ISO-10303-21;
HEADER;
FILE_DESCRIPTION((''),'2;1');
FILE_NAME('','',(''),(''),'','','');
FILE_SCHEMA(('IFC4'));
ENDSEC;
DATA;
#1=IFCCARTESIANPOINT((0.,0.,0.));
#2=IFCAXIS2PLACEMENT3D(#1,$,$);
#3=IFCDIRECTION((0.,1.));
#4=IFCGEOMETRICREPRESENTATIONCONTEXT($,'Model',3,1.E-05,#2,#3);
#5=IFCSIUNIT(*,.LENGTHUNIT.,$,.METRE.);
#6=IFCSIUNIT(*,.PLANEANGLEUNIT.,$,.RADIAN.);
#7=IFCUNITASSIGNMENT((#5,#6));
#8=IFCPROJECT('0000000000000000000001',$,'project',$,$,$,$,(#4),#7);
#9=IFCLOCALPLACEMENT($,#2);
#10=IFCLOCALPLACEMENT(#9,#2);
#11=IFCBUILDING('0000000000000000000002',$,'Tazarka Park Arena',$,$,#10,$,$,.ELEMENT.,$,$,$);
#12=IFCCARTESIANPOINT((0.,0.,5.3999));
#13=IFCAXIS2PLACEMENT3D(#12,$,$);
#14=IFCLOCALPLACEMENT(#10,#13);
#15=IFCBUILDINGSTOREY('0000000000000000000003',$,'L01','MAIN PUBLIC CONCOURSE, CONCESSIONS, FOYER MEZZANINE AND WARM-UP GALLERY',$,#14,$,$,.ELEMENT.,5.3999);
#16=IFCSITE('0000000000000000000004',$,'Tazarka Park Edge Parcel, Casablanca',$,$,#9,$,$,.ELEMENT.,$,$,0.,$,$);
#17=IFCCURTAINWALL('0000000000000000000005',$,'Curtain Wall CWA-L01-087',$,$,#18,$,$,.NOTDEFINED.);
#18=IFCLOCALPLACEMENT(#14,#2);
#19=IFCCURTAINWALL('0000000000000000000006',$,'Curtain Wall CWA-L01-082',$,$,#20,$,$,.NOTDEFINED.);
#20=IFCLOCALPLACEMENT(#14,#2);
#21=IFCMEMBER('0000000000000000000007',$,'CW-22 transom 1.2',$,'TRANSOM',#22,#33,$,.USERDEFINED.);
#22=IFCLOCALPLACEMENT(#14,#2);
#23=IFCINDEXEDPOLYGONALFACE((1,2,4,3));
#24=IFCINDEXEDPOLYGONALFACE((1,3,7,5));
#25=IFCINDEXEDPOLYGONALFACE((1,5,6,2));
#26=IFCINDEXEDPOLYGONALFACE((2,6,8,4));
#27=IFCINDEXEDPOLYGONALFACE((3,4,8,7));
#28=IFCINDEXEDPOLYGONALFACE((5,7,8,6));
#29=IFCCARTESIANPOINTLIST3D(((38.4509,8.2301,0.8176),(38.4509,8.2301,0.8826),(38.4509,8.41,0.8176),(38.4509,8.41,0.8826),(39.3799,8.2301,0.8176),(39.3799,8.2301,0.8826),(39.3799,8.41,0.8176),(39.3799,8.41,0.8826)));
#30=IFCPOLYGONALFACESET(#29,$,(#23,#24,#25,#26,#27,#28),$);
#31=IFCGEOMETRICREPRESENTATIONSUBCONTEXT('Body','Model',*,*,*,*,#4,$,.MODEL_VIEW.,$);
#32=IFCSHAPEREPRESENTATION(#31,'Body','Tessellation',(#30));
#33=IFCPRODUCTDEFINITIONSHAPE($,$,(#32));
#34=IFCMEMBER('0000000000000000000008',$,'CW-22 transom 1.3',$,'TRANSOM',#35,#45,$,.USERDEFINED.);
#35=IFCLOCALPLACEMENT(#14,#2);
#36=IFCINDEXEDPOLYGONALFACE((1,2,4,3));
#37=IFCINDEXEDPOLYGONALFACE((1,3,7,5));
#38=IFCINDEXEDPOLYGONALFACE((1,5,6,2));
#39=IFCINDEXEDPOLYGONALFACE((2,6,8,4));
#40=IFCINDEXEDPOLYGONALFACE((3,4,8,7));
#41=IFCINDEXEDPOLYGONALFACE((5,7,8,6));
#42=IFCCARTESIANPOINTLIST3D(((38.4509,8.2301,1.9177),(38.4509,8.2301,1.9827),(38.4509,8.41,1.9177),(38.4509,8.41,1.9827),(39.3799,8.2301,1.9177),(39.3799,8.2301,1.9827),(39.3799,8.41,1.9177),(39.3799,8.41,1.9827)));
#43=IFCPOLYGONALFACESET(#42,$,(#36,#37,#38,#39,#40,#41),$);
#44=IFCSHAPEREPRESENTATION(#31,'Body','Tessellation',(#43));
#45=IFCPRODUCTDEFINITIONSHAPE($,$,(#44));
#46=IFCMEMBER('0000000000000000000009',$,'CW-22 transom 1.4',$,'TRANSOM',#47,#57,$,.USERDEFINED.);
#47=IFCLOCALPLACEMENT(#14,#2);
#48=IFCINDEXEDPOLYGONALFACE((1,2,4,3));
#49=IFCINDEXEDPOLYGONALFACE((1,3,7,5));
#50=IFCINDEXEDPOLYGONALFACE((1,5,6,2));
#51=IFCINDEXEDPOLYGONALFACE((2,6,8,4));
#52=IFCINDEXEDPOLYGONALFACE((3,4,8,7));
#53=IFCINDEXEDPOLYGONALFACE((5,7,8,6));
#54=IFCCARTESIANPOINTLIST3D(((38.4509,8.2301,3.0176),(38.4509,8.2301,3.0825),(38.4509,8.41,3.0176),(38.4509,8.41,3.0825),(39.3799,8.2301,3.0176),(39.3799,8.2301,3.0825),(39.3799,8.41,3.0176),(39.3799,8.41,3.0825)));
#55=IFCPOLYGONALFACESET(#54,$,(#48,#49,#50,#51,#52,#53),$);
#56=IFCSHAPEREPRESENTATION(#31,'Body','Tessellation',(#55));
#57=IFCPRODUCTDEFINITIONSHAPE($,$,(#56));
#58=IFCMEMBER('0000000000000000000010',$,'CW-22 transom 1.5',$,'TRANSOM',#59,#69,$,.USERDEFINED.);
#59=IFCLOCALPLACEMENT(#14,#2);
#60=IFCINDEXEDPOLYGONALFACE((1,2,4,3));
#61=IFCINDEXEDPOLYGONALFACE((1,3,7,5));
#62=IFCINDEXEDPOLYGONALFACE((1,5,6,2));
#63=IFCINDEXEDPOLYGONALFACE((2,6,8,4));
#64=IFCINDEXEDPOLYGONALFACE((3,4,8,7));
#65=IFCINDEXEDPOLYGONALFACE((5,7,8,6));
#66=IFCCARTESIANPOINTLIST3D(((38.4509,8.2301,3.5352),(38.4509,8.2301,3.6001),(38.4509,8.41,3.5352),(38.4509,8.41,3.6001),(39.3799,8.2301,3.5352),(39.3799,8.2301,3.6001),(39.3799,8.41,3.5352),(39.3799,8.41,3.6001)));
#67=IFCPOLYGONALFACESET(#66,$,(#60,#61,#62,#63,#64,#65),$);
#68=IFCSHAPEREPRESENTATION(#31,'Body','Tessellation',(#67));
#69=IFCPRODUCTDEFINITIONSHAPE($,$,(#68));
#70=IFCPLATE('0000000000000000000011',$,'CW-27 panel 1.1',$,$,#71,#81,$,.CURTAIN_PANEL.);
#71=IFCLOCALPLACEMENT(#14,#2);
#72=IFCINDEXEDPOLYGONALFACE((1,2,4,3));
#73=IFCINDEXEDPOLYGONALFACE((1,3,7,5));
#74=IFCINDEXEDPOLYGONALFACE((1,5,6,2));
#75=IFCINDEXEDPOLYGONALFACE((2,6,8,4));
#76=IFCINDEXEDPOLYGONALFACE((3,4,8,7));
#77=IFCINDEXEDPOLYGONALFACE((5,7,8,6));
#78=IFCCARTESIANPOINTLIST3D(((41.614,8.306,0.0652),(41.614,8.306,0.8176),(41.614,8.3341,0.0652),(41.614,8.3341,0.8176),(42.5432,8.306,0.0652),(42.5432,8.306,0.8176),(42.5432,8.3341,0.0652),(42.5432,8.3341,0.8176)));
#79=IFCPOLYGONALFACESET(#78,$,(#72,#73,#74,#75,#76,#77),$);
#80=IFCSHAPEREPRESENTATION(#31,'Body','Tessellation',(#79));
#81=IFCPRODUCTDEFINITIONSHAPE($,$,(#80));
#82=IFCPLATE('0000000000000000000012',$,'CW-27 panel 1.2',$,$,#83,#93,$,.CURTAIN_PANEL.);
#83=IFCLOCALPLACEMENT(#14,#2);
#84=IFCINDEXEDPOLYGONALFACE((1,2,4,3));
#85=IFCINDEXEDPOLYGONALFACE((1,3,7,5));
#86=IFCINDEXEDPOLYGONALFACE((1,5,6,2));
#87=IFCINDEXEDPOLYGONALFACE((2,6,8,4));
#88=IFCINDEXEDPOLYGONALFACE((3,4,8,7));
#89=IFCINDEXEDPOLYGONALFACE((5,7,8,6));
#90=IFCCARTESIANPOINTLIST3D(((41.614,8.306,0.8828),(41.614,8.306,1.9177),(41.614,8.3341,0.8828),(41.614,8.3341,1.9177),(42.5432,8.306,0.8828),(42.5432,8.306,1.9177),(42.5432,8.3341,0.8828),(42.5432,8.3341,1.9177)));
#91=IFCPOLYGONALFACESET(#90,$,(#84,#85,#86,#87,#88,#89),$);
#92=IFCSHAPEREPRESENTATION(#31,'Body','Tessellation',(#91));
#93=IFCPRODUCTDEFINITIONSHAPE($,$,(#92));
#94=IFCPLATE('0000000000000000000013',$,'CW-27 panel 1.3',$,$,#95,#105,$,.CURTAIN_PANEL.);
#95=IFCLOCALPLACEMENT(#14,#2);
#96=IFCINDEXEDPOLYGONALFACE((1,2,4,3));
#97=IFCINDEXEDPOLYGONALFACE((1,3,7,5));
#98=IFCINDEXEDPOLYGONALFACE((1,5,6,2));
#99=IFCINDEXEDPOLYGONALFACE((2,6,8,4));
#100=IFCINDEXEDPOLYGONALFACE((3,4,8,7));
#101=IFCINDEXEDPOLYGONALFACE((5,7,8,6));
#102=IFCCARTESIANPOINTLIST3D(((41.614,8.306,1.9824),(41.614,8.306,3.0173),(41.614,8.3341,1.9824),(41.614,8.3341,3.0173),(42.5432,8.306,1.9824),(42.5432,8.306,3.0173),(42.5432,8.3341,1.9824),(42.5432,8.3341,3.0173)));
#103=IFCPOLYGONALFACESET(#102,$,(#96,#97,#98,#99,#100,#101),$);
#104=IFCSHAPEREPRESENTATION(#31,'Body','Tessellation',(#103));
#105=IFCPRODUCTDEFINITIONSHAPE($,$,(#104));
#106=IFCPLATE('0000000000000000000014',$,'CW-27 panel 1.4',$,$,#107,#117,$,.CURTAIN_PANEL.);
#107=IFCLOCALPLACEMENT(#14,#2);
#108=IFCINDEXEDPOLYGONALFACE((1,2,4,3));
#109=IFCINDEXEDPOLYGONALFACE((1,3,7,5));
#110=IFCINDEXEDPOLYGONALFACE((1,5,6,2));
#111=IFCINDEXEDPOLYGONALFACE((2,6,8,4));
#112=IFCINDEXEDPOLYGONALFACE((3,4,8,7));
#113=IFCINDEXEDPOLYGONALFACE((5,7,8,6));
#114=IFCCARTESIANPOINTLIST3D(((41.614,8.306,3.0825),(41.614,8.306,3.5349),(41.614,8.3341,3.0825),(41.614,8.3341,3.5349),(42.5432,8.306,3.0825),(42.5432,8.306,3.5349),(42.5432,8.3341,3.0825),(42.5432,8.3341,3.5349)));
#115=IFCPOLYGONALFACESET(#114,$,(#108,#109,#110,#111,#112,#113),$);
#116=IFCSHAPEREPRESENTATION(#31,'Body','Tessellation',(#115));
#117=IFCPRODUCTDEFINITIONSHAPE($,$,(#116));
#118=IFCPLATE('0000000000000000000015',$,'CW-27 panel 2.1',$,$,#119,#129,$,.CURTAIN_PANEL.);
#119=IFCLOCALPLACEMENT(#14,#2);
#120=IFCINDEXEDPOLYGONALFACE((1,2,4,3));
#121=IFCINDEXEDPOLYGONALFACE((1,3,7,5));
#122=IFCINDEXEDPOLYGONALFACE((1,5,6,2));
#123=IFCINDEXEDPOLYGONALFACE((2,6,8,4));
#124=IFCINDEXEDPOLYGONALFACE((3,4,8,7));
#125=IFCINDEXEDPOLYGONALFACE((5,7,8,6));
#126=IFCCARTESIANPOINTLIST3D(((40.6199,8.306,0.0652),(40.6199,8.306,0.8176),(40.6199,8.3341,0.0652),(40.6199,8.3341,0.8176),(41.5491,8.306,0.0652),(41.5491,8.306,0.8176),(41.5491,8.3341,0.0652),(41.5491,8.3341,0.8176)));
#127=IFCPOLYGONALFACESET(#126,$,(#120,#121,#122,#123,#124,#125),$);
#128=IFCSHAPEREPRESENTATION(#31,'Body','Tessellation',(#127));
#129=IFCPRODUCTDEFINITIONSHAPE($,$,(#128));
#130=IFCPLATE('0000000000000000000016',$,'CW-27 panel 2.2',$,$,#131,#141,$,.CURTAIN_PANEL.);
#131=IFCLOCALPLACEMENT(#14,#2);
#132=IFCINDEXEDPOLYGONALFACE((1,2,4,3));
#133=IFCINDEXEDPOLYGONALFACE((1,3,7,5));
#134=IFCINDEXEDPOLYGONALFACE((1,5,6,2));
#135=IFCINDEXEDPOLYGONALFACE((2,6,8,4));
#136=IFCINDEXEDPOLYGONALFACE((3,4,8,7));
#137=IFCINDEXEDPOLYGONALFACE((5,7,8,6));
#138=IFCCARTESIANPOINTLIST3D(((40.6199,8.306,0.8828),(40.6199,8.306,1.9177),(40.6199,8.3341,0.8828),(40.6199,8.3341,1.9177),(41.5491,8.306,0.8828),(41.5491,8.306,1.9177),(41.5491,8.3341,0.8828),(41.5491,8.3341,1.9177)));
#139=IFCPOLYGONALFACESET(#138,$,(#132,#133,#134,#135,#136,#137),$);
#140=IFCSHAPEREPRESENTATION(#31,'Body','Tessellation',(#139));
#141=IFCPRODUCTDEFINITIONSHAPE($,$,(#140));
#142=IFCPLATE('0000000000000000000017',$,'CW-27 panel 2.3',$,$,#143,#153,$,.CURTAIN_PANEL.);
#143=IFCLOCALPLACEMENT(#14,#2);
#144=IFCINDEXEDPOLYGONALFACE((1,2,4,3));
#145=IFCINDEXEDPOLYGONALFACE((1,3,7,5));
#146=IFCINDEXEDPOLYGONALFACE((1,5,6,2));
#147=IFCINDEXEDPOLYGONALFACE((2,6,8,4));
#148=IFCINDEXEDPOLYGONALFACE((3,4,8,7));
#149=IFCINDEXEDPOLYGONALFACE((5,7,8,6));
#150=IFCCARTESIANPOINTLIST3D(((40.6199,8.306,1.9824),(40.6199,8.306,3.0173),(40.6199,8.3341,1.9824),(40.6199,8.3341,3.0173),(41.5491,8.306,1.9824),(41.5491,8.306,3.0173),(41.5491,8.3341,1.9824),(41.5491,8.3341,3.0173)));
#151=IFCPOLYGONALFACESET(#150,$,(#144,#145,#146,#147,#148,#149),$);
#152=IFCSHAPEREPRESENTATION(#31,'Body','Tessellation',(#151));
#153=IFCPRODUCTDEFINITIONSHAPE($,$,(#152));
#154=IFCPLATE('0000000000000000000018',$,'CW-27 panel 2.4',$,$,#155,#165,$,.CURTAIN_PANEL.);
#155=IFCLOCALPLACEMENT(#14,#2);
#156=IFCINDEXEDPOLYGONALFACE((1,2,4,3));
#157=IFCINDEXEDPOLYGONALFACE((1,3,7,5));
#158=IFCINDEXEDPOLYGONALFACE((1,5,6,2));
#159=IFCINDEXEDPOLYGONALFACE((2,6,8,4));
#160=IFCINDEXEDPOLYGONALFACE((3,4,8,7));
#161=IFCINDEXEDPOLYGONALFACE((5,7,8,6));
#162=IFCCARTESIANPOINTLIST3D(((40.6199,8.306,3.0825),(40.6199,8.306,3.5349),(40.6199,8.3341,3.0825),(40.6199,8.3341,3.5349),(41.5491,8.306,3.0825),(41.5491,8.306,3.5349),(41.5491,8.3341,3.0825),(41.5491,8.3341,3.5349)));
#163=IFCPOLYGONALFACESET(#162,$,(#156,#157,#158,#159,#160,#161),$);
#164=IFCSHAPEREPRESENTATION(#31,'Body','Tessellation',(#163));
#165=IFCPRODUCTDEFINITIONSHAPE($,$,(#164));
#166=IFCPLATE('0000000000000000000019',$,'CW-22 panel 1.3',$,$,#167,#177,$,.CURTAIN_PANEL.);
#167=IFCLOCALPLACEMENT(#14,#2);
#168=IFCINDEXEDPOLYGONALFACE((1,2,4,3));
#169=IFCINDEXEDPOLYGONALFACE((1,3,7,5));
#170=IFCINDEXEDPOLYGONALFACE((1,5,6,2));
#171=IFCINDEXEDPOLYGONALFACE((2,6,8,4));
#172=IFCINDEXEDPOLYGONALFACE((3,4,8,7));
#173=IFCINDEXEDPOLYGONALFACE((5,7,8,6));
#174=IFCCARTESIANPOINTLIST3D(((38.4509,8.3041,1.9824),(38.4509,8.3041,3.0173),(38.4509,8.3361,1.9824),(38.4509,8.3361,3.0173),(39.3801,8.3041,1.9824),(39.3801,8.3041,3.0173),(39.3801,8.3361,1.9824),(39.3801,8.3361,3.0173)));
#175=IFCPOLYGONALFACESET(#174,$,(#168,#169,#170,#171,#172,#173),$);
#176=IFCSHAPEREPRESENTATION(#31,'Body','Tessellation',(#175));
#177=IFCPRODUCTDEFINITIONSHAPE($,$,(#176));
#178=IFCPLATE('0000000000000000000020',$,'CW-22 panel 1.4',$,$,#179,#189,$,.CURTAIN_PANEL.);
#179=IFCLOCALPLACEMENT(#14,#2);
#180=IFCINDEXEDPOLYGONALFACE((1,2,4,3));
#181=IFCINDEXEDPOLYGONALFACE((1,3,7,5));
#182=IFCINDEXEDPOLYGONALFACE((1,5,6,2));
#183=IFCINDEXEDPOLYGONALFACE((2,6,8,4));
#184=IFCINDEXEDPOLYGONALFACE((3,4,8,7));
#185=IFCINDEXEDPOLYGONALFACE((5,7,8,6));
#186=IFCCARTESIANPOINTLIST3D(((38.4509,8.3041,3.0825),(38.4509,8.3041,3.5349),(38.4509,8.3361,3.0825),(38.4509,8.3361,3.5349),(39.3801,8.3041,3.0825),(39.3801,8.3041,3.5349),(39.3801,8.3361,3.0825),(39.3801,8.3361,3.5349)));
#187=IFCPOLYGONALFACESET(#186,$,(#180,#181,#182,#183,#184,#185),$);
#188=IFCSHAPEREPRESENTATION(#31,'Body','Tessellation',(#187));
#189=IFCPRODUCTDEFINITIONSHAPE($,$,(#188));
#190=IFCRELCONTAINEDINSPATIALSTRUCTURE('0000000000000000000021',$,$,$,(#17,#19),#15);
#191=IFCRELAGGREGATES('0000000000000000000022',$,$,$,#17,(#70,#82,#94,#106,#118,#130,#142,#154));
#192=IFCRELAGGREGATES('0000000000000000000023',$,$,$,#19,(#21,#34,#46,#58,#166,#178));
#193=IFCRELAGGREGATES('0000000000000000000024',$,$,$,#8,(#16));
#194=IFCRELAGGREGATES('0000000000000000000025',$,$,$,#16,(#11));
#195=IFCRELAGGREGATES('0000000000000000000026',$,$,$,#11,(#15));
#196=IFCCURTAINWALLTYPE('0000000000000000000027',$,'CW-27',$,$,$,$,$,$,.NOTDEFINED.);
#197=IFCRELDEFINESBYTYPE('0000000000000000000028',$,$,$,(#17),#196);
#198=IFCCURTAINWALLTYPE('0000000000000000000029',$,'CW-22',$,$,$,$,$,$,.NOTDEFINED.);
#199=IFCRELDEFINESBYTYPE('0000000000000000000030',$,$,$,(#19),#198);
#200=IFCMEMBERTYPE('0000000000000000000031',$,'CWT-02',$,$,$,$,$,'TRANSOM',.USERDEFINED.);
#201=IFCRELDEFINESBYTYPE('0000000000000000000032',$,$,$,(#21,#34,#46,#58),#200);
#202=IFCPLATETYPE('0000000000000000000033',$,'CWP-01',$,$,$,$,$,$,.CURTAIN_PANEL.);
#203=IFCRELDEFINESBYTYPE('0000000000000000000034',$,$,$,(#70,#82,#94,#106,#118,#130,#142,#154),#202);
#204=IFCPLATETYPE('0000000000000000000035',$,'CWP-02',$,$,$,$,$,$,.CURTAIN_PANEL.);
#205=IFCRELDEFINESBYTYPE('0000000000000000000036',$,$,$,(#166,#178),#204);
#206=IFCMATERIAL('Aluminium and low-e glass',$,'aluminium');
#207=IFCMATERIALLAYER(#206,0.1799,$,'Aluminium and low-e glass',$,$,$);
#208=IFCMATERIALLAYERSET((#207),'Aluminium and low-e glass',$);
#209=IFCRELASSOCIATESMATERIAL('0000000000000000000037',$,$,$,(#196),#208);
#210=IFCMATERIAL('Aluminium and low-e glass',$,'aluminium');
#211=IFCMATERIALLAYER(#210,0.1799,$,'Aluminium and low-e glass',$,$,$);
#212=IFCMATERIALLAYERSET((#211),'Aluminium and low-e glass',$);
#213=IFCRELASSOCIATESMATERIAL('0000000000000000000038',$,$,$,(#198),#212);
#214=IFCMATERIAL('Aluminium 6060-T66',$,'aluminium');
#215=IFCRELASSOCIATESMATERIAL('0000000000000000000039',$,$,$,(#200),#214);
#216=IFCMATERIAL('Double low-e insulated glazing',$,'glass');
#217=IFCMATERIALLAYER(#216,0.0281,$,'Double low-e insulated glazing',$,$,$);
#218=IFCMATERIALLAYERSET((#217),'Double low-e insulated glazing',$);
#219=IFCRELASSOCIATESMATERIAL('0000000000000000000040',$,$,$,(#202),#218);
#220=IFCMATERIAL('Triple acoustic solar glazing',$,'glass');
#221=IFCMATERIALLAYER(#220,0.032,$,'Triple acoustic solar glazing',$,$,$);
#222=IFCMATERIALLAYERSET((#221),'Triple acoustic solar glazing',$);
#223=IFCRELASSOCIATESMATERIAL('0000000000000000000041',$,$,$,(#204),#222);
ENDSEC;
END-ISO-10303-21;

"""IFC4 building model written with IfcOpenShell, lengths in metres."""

from ifc_helpers import new_model, si_unit, direction, frame, origin, origin_2d, place, context, subcontext, project, spatial, rectangle, extrude, material, layer, layer_set, material_profile, profile_set, type_object, element, aggregate, save


model = new_model("IFC4")

# Units and contexts
model_context = context("Model", 3, precision=1e-05, world=origin(), true_north=direction((0.0, 1.0)))
body_context = subcontext(model_context, "Body", "Model", "MODEL_VIEW")
ifc_project = project(units=[si_unit("LENGTHUNIT", "METRE"), si_unit("PLANEANGLEUNIT", "RADIAN")], contexts=[model_context])

# Site, building, storey
site_placement = place(None, origin())
site = spatial("IfcSite", under=ifc_project, at=site_placement, Name="Tazarka Park Edge Parcel, Casablanca", CompositionType="ELEMENT", RefElevation=0.0)
building_placement = place(site_placement, origin())
building = spatial("IfcBuilding", under=site, at=building_placement, Name="Tazarka Park Arena", CompositionType="ELEMENT")
storey_placement = place(building_placement, frame((0.0, 0.0, 5.3999)))
storey = spatial("IfcBuildingStorey", under=building, at=storey_placement, Name="L01", Description="MAIN PUBLIC CONCOURSE, CONCESSIONS, FOYER MEZZANINE AND WARM-UP GALLERY", CompositionType="ELEMENT", Elevation=5.3999)

# Curtain wall
ifc_material_1 = material(Name="Aluminium and low-e glass", Category="aluminium")
ifc_layer_1 = layer(ifc_material_1, 0.1799, Name="Aluminium and low-e glass")
ifc_layer_set_1 = layer_set([ifc_layer_1], Name="Aluminium and low-e glass")
curtain_wall_type_1 = type_object("IfcCurtainWallType", Name="CW-27", PredefinedType="NOTDEFINED", material=ifc_layer_set_1)
curtain_wall_1_placement = place(storey_placement, origin())
curtain_wall_1 = element("IfcCurtainWall", 1, at=curtain_wall_1_placement, inside=storey, type_object=curtain_wall_type_1, Name="Curtain Wall CWA-L01-087", PredefinedType="NOTDEFINED")

# Curtain wall
ifc_material_2 = material(Name="Aluminium and low-e glass", Category="aluminium")
ifc_layer_2 = layer(ifc_material_2, 0.1799, Name="Aluminium and low-e glass")
ifc_layer_set_2 = layer_set([ifc_layer_2], Name="Aluminium and low-e glass")
curtain_wall_type_2 = type_object("IfcCurtainWallType", Name="CW-22", PredefinedType="NOTDEFINED", material=ifc_layer_set_2)
curtain_wall_2_placement = place(storey_placement, origin())
curtain_wall_2 = element("IfcCurtainWall", 2, at=curtain_wall_2_placement, inside=storey, type_object=curtain_wall_type_2, Name="Curtain Wall CWA-L01-082", PredefinedType="NOTDEFINED")

# Members
ifc_material_3 = material(Name="Aluminium 6060-T66", Category="aluminium")
ifc_material_profile_1 = material_profile(ifc_material_3, rectangle(XDim=0.1799, YDim=0.0649, at=origin_2d()), Name="Aluminium 6060-T66")
ifc_profile_set_1 = profile_set([ifc_material_profile_1], Name="Aluminium 6060-T66")
member_type_1 = type_object("IfcMemberType", Name="CWT-02", ElementType="TRANSOM", PredefinedType="USERDEFINED", material=ifc_profile_set_1)
member_1_placement = place(storey_placement, frame((39.3799, 8.3201, 0.8501), z_axis=(-1.0, 0.0, 0.0), x_axis=(0.0, -1.0, 0.0)))
member_1 = element("IfcMember", 3, at=member_1_placement, type_object=member_type_1, Name="CW-22 transom 1.2", ObjectType="TRANSOM", PredefinedType="USERDEFINED", context=body_context, shape_type="SweptSolid", body=[
    extrude(rectangle(XDim=0.1799, YDim=0.0649, at=origin_2d()), origin(), (0.0, 0.0, 1.0), 0.929),
])
member_2_placement = place(storey_placement, frame((39.3799, 8.3201, 1.9502), z_axis=(-1.0, 0.0, 0.0), x_axis=(0.0, -1.0, 0.0)))
member_2 = element("IfcMember", 4, at=member_2_placement, type_object=member_type_1, Name="CW-22 transom 1.3", ObjectType="TRANSOM", PredefinedType="USERDEFINED", context=body_context, shape_type="SweptSolid", body=[
    extrude(rectangle(XDim=0.1799, YDim=0.0649, at=origin_2d()), origin(), (0.0, 0.0, 1.0), 0.929),
])
member_3_placement = place(storey_placement, frame((39.3799, 8.3201, 3.05), z_axis=(-1.0, 0.0, 0.0), x_axis=(0.0, -1.0, 0.0)))
member_3 = element("IfcMember", 5, at=member_3_placement, type_object=member_type_1, Name="CW-22 transom 1.4", ObjectType="TRANSOM", PredefinedType="USERDEFINED", context=body_context, shape_type="SweptSolid", body=[
    extrude(rectangle(XDim=0.1799, YDim=0.0649, at=origin_2d()), origin(), (0.0, 0.0, 1.0), 0.929),
])
member_4_placement = place(storey_placement, frame((39.3799, 8.3201, 3.5676), z_axis=(-1.0, 0.0, 0.0), x_axis=(0.0, -1.0, 0.0)))
member_4 = element("IfcMember", 6, at=member_4_placement, type_object=member_type_1, Name="CW-22 transom 1.5", ObjectType="TRANSOM", PredefinedType="USERDEFINED", context=body_context, shape_type="SweptSolid", body=[
    extrude(rectangle(XDim=0.1799, YDim=0.0649, at=origin_2d()), origin(), (0.0, 0.0, 1.0), 0.929),
])

# Plates
ifc_material_4 = material(Name="Double low-e insulated glazing", Category="glass")
ifc_layer_3 = layer(ifc_material_4, 0.0281, Name="Double low-e insulated glazing")
ifc_layer_set_3 = layer_set([ifc_layer_3], Name="Double low-e insulated glazing")
plate_type_1 = type_object("IfcPlateType", Name="CWP-01", PredefinedType="CURTAIN_PANEL", material=ifc_layer_set_3)
plate_1_placement = place(storey_placement, frame((42.0786, 8.3201, 0.0652), z_axis=(0.0, 0.0, 1.0), x_axis=(-1.0, 0.0, 0.0)))
plate_1 = element("IfcPlate", 7, at=plate_1_placement, type_object=plate_type_1, Name="CW-27 panel 1.1", PredefinedType="CURTAIN_PANEL", context=body_context, shape_type="SweptSolid", body=[
    extrude(rectangle(XDim=0.9292, YDim=0.0281, at=origin_2d()), origin(), (0.0, 0.0, 1.0), 0.7524),
])
plate_2_placement = place(storey_placement, frame((42.0786, 8.3201, 0.8828), z_axis=(0.0, 0.0, 1.0), x_axis=(-1.0, 0.0, 0.0)))
plate_2 = element("IfcPlate", 8, at=plate_2_placement, type_object=plate_type_1, Name="CW-27 panel 1.2", PredefinedType="CURTAIN_PANEL", context=body_context, shape_type="SweptSolid", body=[
    extrude(rectangle(XDim=0.9292, YDim=0.0281, at=origin_2d()), origin(), (0.0, 0.0, 1.0), 1.0349),
])
plate_3_placement = place(storey_placement, frame((42.0786, 8.3201, 1.9824), z_axis=(0.0, 0.0, 1.0), x_axis=(-1.0, 0.0, 0.0)))
plate_3 = element("IfcPlate", 9, at=plate_3_placement, type_object=plate_type_1, Name="CW-27 panel 1.3", PredefinedType="CURTAIN_PANEL", context=body_context, shape_type="SweptSolid", body=[
    extrude(rectangle(XDim=0.9292, YDim=0.0281, at=origin_2d()), origin(), (0.0, 0.0, 1.0), 1.0349),
])
plate_4_placement = place(storey_placement, frame((42.0786, 8.3201, 3.0825), z_axis=(0.0, 0.0, 1.0), x_axis=(-1.0, 0.0, 0.0)))
plate_4 = element("IfcPlate", 10, at=plate_4_placement, type_object=plate_type_1, Name="CW-27 panel 1.4", PredefinedType="CURTAIN_PANEL", context=body_context, shape_type="SweptSolid", body=[
    extrude(rectangle(XDim=0.9292, YDim=0.0281, at=origin_2d()), origin(), (0.0, 0.0, 1.0), 0.4524),
])
plate_5_placement = place(storey_placement, frame((41.0845, 8.3201, 0.0652), z_axis=(0.0, 0.0, 1.0), x_axis=(-1.0, 0.0, 0.0)))
plate_5 = element("IfcPlate", 11, at=plate_5_placement, type_object=plate_type_1, Name="CW-27 panel 2.1", PredefinedType="CURTAIN_PANEL", context=body_context, shape_type="SweptSolid", body=[
    extrude(rectangle(XDim=0.9292, YDim=0.0281, at=origin_2d()), origin(), (0.0, 0.0, 1.0), 0.7524),
])
plate_6_placement = place(storey_placement, frame((41.0845, 8.3201, 0.8828), z_axis=(0.0, 0.0, 1.0), x_axis=(-1.0, 0.0, 0.0)))
plate_6 = element("IfcPlate", 12, at=plate_6_placement, type_object=plate_type_1, Name="CW-27 panel 2.2", PredefinedType="CURTAIN_PANEL", context=body_context, shape_type="SweptSolid", body=[
    extrude(rectangle(XDim=0.9292, YDim=0.0281, at=origin_2d()), origin(), (0.0, 0.0, 1.0), 1.0349),
])
plate_7_placement = place(storey_placement, frame((41.0845, 8.3201, 1.9824), z_axis=(0.0, 0.0, 1.0), x_axis=(-1.0, 0.0, 0.0)))
plate_7 = element("IfcPlate", 13, at=plate_7_placement, type_object=plate_type_1, Name="CW-27 panel 2.3", PredefinedType="CURTAIN_PANEL", context=body_context, shape_type="SweptSolid", body=[
    extrude(rectangle(XDim=0.9292, YDim=0.0281, at=origin_2d()), origin(), (0.0, 0.0, 1.0), 1.0349),
])
plate_8_placement = place(storey_placement, frame((41.0845, 8.3201, 3.0825), z_axis=(0.0, 0.0, 1.0), x_axis=(-1.0, 0.0, 0.0)))
plate_8 = element("IfcPlate", 14, at=plate_8_placement, type_object=plate_type_1, Name="CW-27 panel 2.4", PredefinedType="CURTAIN_PANEL", context=body_context, shape_type="SweptSolid", body=[
    extrude(rectangle(XDim=0.9292, YDim=0.0281, at=origin_2d()), origin(), (0.0, 0.0, 1.0), 0.4524),
])
aggregate(curtain_wall_1, [plate_1, plate_2, plate_3, plate_4, plate_5, plate_6, plate_7, plate_8])
ifc_material_5 = material(Name="Triple acoustic solar glazing", Category="glass")
ifc_layer_4 = layer(ifc_material_5, 0.032, Name="Triple acoustic solar glazing")
ifc_layer_set_4 = layer_set([ifc_layer_4], Name="Triple acoustic solar glazing")
plate_type_2 = type_object("IfcPlateType", Name="CWP-02", PredefinedType="CURTAIN_PANEL", material=ifc_layer_set_4)
plate_9_placement = place(storey_placement, frame((38.9155, 8.3201, 1.9824), z_axis=(0.0, 0.0, 1.0), x_axis=(-1.0, 0.0, 0.0)))
plate_9 = element("IfcPlate", 15, at=plate_9_placement, type_object=plate_type_2, Name="CW-22 panel 1.3", PredefinedType="CURTAIN_PANEL", context=body_context, shape_type="SweptSolid", body=[
    extrude(rectangle(XDim=0.9292, YDim=0.032, at=origin_2d()), origin(), (0.0, 0.0, 1.0), 1.0349),
])
plate_10_placement = place(storey_placement, frame((38.9155, 8.3201, 3.0825), z_axis=(0.0, 0.0, 1.0), x_axis=(-1.0, 0.0, 0.0)))
plate_10 = element("IfcPlate", 16, at=plate_10_placement, type_object=plate_type_2, Name="CW-22 panel 1.4", PredefinedType="CURTAIN_PANEL", context=body_context, shape_type="SweptSolid", body=[
    extrude(rectangle(XDim=0.9292, YDim=0.032, at=origin_2d()), origin(), (0.0, 0.0, 1.0), 0.4524),
])
aggregate(curtain_wall_2, [member_1, member_2, member_3, member_4, plate_9, plate_10])

save(model, "model.ifc")
